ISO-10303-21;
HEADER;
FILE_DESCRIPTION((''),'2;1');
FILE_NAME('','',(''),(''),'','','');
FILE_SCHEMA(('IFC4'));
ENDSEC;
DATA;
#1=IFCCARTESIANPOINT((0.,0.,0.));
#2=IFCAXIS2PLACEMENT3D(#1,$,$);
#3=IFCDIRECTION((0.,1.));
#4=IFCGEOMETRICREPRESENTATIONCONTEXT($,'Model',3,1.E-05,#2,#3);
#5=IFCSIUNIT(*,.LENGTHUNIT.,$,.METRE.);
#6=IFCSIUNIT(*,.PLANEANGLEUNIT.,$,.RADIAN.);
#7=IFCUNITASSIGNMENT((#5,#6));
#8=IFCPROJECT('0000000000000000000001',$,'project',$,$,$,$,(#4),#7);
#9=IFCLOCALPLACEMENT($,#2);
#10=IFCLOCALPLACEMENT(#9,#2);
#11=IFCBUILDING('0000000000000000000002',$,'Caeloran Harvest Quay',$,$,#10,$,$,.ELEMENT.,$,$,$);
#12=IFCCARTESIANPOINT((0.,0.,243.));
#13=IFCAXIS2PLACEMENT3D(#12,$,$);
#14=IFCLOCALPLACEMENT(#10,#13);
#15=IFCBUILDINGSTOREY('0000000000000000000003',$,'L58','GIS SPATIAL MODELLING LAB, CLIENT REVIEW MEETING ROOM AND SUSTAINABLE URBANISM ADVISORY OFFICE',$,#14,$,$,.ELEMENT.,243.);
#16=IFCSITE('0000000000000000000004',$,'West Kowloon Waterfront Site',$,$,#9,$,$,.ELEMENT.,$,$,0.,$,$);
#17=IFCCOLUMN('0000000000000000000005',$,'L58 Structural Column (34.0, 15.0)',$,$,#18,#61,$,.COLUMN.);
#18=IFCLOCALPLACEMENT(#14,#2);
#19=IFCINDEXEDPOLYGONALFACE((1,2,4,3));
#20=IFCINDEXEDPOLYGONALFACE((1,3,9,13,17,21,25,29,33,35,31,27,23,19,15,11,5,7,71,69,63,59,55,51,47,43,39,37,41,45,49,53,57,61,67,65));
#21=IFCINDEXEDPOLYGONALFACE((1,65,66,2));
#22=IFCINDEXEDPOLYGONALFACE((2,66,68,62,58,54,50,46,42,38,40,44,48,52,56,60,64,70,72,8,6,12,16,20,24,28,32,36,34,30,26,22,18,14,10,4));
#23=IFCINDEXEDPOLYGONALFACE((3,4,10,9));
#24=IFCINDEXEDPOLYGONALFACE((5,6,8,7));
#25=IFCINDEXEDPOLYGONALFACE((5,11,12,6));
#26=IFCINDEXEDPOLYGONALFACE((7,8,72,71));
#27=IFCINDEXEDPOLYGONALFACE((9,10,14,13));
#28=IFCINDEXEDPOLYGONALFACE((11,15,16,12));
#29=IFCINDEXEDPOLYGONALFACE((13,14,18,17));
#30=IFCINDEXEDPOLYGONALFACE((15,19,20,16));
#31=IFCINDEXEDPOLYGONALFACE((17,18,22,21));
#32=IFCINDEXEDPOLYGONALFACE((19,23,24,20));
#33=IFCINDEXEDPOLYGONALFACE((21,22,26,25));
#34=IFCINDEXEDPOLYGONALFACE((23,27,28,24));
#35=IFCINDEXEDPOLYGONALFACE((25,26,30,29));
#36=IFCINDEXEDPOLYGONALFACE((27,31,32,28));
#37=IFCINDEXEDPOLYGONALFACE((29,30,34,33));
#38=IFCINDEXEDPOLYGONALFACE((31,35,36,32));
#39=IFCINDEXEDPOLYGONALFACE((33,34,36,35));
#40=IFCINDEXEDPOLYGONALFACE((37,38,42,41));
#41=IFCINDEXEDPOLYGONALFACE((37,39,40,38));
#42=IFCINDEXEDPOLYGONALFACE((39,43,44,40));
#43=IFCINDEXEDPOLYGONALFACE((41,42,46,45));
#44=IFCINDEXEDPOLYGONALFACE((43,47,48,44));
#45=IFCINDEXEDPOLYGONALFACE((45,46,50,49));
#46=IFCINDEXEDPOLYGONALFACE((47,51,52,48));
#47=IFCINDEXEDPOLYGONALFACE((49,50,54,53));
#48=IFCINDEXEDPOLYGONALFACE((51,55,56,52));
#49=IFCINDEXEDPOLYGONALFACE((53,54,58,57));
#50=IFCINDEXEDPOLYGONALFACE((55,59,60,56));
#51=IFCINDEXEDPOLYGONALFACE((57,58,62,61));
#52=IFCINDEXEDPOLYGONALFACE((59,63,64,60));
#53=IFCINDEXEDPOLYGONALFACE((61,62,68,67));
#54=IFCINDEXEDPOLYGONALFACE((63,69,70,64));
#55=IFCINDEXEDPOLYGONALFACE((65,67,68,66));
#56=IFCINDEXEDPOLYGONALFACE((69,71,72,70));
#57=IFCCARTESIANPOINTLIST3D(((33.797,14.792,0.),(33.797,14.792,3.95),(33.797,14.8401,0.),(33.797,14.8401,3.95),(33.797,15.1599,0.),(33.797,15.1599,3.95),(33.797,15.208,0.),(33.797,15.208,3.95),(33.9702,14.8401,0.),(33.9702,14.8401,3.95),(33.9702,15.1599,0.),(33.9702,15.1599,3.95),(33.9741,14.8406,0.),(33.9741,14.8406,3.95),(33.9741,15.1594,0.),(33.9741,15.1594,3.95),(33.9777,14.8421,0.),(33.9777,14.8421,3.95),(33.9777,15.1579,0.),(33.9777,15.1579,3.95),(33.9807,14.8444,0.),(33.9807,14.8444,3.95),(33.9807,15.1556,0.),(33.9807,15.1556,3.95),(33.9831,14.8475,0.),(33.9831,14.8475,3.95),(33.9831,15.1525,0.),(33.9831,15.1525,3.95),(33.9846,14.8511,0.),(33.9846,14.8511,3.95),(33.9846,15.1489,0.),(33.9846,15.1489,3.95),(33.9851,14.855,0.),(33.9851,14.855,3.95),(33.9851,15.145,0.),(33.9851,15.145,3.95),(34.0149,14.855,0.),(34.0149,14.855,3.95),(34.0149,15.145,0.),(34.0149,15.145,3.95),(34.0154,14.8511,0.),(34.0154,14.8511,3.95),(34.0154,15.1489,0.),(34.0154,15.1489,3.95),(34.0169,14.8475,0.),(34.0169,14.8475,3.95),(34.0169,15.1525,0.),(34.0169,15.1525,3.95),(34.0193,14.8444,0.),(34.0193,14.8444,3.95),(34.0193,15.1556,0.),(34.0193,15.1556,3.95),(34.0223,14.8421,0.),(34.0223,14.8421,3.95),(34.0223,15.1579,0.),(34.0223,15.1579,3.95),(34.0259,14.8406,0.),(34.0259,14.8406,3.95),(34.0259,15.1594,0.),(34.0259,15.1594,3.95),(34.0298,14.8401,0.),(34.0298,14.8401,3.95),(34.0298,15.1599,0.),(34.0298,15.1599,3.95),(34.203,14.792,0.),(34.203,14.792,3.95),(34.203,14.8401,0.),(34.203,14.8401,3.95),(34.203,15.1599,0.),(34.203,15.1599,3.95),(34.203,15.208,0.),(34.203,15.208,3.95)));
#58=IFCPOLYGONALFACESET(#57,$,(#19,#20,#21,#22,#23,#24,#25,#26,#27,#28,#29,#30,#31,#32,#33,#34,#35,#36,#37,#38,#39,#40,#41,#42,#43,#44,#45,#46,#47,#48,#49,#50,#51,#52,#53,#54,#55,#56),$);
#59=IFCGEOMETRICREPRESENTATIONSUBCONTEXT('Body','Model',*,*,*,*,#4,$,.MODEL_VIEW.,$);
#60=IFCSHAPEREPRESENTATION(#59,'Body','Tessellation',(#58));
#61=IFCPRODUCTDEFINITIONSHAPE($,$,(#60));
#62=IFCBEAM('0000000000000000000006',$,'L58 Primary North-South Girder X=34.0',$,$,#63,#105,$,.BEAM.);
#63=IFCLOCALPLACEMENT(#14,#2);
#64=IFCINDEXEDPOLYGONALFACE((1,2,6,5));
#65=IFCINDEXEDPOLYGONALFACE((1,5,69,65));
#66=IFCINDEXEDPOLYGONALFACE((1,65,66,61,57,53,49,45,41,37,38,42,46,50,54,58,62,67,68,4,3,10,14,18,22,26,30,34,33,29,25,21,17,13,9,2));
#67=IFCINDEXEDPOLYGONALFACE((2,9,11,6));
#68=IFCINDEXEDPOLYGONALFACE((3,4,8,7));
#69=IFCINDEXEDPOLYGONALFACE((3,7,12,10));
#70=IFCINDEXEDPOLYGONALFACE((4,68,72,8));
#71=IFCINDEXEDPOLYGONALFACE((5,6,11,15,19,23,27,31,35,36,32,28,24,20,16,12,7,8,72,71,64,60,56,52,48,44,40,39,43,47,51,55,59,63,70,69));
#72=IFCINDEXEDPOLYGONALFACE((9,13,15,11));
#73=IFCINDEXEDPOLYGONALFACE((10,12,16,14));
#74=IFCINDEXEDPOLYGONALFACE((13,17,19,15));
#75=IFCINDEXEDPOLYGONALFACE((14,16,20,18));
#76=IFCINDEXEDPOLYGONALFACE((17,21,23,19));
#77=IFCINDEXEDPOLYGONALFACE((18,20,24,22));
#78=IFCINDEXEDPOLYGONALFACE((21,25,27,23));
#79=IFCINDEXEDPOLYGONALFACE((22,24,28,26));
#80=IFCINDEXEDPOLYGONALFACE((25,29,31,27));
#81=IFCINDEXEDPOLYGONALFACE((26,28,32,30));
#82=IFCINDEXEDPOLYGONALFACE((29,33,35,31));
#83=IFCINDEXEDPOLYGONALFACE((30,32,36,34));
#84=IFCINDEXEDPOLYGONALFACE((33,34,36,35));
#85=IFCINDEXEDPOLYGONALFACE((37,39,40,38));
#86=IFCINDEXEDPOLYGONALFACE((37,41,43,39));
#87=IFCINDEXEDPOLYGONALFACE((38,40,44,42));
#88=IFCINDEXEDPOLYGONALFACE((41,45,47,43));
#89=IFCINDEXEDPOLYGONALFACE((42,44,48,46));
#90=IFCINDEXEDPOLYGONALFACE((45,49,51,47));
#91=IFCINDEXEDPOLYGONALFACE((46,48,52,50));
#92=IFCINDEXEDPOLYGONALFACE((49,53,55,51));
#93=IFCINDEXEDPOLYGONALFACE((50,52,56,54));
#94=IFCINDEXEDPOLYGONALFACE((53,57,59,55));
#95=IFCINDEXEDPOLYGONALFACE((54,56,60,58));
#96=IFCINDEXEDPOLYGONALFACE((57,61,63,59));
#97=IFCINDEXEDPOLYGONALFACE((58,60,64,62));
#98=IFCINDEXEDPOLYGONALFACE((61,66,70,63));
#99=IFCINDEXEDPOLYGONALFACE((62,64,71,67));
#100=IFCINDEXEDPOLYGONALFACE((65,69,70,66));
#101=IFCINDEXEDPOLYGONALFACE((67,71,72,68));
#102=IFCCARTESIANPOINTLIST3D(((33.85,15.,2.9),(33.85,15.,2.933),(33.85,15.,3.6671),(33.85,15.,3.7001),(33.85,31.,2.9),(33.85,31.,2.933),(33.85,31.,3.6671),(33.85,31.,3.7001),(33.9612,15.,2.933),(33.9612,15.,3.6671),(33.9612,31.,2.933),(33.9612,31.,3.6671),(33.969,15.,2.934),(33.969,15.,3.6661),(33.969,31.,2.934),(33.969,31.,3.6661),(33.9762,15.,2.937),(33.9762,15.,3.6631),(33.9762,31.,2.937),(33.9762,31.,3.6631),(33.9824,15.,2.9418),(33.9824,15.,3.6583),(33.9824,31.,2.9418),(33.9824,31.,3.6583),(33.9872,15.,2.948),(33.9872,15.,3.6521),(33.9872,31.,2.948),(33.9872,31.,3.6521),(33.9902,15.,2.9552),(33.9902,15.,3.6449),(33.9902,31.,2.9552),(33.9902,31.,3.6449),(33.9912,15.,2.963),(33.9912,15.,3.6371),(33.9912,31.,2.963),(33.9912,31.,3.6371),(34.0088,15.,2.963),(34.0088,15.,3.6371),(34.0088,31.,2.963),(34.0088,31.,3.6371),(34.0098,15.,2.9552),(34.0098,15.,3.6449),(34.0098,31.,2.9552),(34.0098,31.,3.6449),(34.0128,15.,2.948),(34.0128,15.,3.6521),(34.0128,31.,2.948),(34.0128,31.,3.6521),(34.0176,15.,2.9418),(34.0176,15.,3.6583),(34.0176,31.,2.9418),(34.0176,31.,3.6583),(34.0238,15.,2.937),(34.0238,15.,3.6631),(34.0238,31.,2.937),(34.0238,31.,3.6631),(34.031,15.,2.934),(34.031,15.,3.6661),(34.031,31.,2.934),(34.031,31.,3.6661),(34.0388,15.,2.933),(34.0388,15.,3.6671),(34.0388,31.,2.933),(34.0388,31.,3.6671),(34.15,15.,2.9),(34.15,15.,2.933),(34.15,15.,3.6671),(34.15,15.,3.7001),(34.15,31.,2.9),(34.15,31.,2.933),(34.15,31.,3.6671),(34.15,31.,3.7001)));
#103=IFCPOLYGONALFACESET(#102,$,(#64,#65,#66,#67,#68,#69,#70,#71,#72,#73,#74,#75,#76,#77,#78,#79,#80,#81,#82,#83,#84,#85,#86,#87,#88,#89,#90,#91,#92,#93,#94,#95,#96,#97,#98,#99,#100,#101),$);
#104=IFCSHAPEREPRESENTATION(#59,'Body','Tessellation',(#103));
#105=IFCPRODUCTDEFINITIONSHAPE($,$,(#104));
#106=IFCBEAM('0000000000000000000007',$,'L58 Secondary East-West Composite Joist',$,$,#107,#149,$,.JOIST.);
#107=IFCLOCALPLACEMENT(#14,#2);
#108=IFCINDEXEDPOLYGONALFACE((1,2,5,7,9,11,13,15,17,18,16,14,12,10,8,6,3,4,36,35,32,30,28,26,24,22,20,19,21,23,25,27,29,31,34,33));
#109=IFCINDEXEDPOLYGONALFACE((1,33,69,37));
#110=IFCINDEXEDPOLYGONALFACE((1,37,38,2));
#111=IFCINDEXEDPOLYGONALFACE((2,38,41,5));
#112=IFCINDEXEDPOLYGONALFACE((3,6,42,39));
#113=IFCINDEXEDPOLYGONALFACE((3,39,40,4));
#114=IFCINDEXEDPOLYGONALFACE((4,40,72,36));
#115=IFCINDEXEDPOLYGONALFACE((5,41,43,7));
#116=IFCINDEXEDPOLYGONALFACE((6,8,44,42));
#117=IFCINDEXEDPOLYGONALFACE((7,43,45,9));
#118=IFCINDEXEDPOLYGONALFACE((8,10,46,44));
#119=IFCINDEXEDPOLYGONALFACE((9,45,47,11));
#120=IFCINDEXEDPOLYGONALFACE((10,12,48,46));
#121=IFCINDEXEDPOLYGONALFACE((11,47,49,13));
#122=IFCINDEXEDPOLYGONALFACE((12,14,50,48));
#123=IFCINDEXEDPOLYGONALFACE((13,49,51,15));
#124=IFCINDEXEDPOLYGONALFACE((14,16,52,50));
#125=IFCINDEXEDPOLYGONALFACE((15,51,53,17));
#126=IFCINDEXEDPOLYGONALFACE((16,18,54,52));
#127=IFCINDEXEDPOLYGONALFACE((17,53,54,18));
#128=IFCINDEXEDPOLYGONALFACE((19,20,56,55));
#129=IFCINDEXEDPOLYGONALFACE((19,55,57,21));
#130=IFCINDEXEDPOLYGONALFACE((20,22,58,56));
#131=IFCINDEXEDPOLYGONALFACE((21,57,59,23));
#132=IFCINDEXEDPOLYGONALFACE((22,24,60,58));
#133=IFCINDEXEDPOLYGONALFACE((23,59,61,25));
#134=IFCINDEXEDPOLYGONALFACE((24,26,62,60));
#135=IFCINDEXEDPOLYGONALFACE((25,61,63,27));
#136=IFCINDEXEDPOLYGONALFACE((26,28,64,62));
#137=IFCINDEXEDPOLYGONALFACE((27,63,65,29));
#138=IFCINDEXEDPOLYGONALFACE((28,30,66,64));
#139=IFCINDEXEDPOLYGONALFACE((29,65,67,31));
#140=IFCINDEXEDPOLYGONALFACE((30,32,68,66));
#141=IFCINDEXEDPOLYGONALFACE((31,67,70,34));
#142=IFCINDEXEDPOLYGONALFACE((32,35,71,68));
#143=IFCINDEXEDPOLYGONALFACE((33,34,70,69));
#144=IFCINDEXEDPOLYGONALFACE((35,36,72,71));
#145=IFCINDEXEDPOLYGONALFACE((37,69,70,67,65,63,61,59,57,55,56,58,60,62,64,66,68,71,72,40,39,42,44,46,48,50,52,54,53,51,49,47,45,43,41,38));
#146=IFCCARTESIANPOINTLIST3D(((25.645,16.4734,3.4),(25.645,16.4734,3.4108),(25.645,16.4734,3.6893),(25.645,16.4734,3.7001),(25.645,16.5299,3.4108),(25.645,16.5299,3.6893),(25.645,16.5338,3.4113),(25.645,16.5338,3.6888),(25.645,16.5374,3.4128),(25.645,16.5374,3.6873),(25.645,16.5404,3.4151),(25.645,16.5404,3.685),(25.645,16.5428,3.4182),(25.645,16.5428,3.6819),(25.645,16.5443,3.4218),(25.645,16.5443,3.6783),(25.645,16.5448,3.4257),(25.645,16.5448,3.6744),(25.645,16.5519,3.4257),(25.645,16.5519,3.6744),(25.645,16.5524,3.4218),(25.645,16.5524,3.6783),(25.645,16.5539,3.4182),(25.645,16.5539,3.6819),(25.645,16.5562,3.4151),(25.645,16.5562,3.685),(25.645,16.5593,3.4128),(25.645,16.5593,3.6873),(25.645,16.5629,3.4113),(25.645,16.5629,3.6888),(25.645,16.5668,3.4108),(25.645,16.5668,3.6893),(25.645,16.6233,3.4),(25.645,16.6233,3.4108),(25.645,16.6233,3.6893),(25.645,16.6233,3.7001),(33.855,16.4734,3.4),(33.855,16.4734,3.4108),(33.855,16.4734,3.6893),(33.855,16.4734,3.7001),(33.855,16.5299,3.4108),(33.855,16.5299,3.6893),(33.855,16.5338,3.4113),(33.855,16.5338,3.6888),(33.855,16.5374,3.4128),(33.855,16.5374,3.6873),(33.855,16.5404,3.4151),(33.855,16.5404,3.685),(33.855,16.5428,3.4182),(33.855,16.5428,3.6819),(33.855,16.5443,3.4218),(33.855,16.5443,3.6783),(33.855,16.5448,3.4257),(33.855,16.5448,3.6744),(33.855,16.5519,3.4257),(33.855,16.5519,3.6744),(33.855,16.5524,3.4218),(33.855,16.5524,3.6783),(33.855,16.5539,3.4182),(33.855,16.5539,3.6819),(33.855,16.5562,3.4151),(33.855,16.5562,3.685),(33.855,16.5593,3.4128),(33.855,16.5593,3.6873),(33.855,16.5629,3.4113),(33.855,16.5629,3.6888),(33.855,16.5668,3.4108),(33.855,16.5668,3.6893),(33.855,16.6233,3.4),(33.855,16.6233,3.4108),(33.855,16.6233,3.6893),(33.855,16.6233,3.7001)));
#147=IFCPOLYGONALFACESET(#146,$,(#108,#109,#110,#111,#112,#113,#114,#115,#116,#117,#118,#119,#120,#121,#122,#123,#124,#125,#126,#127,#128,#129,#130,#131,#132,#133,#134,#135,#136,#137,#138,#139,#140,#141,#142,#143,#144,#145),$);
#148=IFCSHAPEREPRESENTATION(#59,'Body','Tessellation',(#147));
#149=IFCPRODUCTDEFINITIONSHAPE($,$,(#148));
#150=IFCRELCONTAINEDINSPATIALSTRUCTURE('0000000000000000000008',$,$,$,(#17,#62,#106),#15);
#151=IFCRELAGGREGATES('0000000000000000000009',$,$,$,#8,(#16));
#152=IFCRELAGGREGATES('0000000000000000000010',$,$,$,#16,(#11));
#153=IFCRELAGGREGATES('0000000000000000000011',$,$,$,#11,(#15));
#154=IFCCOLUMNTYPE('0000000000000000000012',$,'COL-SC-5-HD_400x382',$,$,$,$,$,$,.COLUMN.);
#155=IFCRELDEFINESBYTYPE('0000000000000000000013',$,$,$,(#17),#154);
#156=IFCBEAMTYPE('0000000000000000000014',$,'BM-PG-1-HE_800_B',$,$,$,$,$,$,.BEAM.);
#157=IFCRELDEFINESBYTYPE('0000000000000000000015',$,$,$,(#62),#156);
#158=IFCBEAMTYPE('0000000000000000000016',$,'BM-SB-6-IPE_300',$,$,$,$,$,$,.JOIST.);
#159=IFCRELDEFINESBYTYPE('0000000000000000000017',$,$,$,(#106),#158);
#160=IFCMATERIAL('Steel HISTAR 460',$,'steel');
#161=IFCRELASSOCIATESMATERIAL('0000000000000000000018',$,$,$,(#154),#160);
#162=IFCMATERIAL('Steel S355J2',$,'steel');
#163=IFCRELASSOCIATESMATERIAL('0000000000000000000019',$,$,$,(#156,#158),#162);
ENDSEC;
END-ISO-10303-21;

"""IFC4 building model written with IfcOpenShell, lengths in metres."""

from ifc_helpers import new_model, si_unit, direction, frame, origin, origin_2d, place, context, subcontext, project, spatial, i_section, extrude, material, material_profile, profile_set, type_object, element, save


model = new_model("IFC4")

# Units and contexts
model_context = context("Model", 3, precision=1e-05, world=origin(), true_north=direction((0.0, 1.0)))
body_context = subcontext(model_context, "Body", "Model", "MODEL_VIEW")
ifc_project = project(units=[si_unit("LENGTHUNIT", "METRE"), si_unit("PLANEANGLEUNIT", "RADIAN")], contexts=[model_context])

# Site, building, storey
site_placement = place(None, origin())
site = spatial("IfcSite", under=ifc_project, at=site_placement, Name="West Kowloon Waterfront Site", CompositionType="ELEMENT", RefElevation=0.0)
building_placement = place(site_placement, origin())
building = spatial("IfcBuilding", under=site, at=building_placement, Name="Caeloran Harvest Quay", CompositionType="ELEMENT")
storey_placement = place(building_placement, frame((0.0, 0.0, 243.0)))
storey = spatial("IfcBuildingStorey", under=building, at=storey_placement, Name="L58", Description="GIS SPATIAL MODELLING LAB, CLIENT REVIEW MEETING ROOM AND SUSTAINABLE URBANISM ADVISORY OFFICE", CompositionType="ELEMENT", Elevation=243.0)

# Column
ifc_material_1 = material(Name="Steel HISTAR 460", Category="steel")
ifc_material_profile_1 = material_profile(ifc_material_1, i_section(OverallWidth=0.406, OverallDepth=0.416, WebThickness=0.0298, FlangeThickness=0.0481, FilletRadius=0.0149, at=origin_2d()), Name="HD 400x382")
ifc_profile_set_1 = profile_set([ifc_material_profile_1], Name="Steel HISTAR 460")
column_type = type_object("IfcColumnType", Name="COL-SC-5-HD_400x382", PredefinedType="COLUMN", material=ifc_profile_set_1)
column_placement = place(storey_placement, frame((34.0, 15.0, 0.0), z_axis=(0.0, 0.0, 1.0), x_axis=(1.0, 0.0, 0.0)))
element("IfcColumn", 1, at=column_placement, inside=storey, type_object=column_type, Name="L58 Structural Column (34.0, 15.0)", PredefinedType="COLUMN", context=body_context, shape_type="SweptSolid", body=[
    extrude(i_section(OverallWidth=0.406, OverallDepth=0.416, WebThickness=0.0298, FlangeThickness=0.0481, FilletRadius=0.0149, at=origin_2d()), origin(), (0.0, 0.0, 1.0), 3.95),
])

# Beams
ifc_material_2 = material(Name="Steel S355J2", Category="steel")
ifc_material_profile_2 = material_profile(ifc_material_2, i_section(OverallWidth=0.3, OverallDepth=0.8, WebThickness=0.0176, FlangeThickness=0.033, FilletRadius=0.03, at=origin_2d()), Name="HE 800 B")
ifc_profile_set_2 = profile_set([ifc_material_profile_2], Name="Steel S355J2")
beam_type_1 = type_object("IfcBeamType", Name="BM-PG-1-HE_800_B", PredefinedType="BEAM", material=ifc_profile_set_2)
beam_1_placement = place(storey_placement, frame((34.0, 15.0, 3.3), z_axis=(0.0, 1.0, 0.0), x_axis=(-1.0, 0.0, 0.0)))
element("IfcBeam", 2, at=beam_1_placement, inside=storey, type_object=beam_type_1, Name="L58 Primary North-South Girder X=34.0", PredefinedType="BEAM", context=body_context, shape_type="SweptSolid", body=[
    extrude(i_section(OverallWidth=0.3, OverallDepth=0.8, WebThickness=0.0176, FlangeThickness=0.033, FilletRadius=0.03, at=origin_2d()), origin(), (0.0, 0.0, 1.0), 16.0),
])
ifc_material_profile_3 = material_profile(ifc_material_2, i_section(OverallWidth=0.1499, OverallDepth=0.3, WebThickness=0.0071, FlangeThickness=0.0107, FilletRadius=0.0149, at=origin_2d()), Name="IPE 300")
ifc_profile_set_3 = profile_set([ifc_material_profile_3], Name="Steel S355J2")
beam_type_2 = type_object("IfcBeamType", Name="BM-SB-6-IPE_300", PredefinedType="JOIST", material=ifc_profile_set_3)
beam_2_placement = place(storey_placement, frame((25.645, 16.5483, 3.55), z_axis=(1.0, 0.0, 0.0), x_axis=(0.0, 1.0, 0.0)))
element("IfcBeam", 3, at=beam_2_placement, inside=storey, type_object=beam_type_2, Name="L58 Secondary East-West Composite Joist", PredefinedType="JOIST", context=body_context, shape_type="SweptSolid", body=[
    extrude(i_section(OverallWidth=0.1499, OverallDepth=0.3, WebThickness=0.0071, FlangeThickness=0.0107, FilletRadius=0.0149, at=origin_2d()), origin(), (0.0, 0.0, 1.0), 8.21),
])

save(model, "model.ifc")
